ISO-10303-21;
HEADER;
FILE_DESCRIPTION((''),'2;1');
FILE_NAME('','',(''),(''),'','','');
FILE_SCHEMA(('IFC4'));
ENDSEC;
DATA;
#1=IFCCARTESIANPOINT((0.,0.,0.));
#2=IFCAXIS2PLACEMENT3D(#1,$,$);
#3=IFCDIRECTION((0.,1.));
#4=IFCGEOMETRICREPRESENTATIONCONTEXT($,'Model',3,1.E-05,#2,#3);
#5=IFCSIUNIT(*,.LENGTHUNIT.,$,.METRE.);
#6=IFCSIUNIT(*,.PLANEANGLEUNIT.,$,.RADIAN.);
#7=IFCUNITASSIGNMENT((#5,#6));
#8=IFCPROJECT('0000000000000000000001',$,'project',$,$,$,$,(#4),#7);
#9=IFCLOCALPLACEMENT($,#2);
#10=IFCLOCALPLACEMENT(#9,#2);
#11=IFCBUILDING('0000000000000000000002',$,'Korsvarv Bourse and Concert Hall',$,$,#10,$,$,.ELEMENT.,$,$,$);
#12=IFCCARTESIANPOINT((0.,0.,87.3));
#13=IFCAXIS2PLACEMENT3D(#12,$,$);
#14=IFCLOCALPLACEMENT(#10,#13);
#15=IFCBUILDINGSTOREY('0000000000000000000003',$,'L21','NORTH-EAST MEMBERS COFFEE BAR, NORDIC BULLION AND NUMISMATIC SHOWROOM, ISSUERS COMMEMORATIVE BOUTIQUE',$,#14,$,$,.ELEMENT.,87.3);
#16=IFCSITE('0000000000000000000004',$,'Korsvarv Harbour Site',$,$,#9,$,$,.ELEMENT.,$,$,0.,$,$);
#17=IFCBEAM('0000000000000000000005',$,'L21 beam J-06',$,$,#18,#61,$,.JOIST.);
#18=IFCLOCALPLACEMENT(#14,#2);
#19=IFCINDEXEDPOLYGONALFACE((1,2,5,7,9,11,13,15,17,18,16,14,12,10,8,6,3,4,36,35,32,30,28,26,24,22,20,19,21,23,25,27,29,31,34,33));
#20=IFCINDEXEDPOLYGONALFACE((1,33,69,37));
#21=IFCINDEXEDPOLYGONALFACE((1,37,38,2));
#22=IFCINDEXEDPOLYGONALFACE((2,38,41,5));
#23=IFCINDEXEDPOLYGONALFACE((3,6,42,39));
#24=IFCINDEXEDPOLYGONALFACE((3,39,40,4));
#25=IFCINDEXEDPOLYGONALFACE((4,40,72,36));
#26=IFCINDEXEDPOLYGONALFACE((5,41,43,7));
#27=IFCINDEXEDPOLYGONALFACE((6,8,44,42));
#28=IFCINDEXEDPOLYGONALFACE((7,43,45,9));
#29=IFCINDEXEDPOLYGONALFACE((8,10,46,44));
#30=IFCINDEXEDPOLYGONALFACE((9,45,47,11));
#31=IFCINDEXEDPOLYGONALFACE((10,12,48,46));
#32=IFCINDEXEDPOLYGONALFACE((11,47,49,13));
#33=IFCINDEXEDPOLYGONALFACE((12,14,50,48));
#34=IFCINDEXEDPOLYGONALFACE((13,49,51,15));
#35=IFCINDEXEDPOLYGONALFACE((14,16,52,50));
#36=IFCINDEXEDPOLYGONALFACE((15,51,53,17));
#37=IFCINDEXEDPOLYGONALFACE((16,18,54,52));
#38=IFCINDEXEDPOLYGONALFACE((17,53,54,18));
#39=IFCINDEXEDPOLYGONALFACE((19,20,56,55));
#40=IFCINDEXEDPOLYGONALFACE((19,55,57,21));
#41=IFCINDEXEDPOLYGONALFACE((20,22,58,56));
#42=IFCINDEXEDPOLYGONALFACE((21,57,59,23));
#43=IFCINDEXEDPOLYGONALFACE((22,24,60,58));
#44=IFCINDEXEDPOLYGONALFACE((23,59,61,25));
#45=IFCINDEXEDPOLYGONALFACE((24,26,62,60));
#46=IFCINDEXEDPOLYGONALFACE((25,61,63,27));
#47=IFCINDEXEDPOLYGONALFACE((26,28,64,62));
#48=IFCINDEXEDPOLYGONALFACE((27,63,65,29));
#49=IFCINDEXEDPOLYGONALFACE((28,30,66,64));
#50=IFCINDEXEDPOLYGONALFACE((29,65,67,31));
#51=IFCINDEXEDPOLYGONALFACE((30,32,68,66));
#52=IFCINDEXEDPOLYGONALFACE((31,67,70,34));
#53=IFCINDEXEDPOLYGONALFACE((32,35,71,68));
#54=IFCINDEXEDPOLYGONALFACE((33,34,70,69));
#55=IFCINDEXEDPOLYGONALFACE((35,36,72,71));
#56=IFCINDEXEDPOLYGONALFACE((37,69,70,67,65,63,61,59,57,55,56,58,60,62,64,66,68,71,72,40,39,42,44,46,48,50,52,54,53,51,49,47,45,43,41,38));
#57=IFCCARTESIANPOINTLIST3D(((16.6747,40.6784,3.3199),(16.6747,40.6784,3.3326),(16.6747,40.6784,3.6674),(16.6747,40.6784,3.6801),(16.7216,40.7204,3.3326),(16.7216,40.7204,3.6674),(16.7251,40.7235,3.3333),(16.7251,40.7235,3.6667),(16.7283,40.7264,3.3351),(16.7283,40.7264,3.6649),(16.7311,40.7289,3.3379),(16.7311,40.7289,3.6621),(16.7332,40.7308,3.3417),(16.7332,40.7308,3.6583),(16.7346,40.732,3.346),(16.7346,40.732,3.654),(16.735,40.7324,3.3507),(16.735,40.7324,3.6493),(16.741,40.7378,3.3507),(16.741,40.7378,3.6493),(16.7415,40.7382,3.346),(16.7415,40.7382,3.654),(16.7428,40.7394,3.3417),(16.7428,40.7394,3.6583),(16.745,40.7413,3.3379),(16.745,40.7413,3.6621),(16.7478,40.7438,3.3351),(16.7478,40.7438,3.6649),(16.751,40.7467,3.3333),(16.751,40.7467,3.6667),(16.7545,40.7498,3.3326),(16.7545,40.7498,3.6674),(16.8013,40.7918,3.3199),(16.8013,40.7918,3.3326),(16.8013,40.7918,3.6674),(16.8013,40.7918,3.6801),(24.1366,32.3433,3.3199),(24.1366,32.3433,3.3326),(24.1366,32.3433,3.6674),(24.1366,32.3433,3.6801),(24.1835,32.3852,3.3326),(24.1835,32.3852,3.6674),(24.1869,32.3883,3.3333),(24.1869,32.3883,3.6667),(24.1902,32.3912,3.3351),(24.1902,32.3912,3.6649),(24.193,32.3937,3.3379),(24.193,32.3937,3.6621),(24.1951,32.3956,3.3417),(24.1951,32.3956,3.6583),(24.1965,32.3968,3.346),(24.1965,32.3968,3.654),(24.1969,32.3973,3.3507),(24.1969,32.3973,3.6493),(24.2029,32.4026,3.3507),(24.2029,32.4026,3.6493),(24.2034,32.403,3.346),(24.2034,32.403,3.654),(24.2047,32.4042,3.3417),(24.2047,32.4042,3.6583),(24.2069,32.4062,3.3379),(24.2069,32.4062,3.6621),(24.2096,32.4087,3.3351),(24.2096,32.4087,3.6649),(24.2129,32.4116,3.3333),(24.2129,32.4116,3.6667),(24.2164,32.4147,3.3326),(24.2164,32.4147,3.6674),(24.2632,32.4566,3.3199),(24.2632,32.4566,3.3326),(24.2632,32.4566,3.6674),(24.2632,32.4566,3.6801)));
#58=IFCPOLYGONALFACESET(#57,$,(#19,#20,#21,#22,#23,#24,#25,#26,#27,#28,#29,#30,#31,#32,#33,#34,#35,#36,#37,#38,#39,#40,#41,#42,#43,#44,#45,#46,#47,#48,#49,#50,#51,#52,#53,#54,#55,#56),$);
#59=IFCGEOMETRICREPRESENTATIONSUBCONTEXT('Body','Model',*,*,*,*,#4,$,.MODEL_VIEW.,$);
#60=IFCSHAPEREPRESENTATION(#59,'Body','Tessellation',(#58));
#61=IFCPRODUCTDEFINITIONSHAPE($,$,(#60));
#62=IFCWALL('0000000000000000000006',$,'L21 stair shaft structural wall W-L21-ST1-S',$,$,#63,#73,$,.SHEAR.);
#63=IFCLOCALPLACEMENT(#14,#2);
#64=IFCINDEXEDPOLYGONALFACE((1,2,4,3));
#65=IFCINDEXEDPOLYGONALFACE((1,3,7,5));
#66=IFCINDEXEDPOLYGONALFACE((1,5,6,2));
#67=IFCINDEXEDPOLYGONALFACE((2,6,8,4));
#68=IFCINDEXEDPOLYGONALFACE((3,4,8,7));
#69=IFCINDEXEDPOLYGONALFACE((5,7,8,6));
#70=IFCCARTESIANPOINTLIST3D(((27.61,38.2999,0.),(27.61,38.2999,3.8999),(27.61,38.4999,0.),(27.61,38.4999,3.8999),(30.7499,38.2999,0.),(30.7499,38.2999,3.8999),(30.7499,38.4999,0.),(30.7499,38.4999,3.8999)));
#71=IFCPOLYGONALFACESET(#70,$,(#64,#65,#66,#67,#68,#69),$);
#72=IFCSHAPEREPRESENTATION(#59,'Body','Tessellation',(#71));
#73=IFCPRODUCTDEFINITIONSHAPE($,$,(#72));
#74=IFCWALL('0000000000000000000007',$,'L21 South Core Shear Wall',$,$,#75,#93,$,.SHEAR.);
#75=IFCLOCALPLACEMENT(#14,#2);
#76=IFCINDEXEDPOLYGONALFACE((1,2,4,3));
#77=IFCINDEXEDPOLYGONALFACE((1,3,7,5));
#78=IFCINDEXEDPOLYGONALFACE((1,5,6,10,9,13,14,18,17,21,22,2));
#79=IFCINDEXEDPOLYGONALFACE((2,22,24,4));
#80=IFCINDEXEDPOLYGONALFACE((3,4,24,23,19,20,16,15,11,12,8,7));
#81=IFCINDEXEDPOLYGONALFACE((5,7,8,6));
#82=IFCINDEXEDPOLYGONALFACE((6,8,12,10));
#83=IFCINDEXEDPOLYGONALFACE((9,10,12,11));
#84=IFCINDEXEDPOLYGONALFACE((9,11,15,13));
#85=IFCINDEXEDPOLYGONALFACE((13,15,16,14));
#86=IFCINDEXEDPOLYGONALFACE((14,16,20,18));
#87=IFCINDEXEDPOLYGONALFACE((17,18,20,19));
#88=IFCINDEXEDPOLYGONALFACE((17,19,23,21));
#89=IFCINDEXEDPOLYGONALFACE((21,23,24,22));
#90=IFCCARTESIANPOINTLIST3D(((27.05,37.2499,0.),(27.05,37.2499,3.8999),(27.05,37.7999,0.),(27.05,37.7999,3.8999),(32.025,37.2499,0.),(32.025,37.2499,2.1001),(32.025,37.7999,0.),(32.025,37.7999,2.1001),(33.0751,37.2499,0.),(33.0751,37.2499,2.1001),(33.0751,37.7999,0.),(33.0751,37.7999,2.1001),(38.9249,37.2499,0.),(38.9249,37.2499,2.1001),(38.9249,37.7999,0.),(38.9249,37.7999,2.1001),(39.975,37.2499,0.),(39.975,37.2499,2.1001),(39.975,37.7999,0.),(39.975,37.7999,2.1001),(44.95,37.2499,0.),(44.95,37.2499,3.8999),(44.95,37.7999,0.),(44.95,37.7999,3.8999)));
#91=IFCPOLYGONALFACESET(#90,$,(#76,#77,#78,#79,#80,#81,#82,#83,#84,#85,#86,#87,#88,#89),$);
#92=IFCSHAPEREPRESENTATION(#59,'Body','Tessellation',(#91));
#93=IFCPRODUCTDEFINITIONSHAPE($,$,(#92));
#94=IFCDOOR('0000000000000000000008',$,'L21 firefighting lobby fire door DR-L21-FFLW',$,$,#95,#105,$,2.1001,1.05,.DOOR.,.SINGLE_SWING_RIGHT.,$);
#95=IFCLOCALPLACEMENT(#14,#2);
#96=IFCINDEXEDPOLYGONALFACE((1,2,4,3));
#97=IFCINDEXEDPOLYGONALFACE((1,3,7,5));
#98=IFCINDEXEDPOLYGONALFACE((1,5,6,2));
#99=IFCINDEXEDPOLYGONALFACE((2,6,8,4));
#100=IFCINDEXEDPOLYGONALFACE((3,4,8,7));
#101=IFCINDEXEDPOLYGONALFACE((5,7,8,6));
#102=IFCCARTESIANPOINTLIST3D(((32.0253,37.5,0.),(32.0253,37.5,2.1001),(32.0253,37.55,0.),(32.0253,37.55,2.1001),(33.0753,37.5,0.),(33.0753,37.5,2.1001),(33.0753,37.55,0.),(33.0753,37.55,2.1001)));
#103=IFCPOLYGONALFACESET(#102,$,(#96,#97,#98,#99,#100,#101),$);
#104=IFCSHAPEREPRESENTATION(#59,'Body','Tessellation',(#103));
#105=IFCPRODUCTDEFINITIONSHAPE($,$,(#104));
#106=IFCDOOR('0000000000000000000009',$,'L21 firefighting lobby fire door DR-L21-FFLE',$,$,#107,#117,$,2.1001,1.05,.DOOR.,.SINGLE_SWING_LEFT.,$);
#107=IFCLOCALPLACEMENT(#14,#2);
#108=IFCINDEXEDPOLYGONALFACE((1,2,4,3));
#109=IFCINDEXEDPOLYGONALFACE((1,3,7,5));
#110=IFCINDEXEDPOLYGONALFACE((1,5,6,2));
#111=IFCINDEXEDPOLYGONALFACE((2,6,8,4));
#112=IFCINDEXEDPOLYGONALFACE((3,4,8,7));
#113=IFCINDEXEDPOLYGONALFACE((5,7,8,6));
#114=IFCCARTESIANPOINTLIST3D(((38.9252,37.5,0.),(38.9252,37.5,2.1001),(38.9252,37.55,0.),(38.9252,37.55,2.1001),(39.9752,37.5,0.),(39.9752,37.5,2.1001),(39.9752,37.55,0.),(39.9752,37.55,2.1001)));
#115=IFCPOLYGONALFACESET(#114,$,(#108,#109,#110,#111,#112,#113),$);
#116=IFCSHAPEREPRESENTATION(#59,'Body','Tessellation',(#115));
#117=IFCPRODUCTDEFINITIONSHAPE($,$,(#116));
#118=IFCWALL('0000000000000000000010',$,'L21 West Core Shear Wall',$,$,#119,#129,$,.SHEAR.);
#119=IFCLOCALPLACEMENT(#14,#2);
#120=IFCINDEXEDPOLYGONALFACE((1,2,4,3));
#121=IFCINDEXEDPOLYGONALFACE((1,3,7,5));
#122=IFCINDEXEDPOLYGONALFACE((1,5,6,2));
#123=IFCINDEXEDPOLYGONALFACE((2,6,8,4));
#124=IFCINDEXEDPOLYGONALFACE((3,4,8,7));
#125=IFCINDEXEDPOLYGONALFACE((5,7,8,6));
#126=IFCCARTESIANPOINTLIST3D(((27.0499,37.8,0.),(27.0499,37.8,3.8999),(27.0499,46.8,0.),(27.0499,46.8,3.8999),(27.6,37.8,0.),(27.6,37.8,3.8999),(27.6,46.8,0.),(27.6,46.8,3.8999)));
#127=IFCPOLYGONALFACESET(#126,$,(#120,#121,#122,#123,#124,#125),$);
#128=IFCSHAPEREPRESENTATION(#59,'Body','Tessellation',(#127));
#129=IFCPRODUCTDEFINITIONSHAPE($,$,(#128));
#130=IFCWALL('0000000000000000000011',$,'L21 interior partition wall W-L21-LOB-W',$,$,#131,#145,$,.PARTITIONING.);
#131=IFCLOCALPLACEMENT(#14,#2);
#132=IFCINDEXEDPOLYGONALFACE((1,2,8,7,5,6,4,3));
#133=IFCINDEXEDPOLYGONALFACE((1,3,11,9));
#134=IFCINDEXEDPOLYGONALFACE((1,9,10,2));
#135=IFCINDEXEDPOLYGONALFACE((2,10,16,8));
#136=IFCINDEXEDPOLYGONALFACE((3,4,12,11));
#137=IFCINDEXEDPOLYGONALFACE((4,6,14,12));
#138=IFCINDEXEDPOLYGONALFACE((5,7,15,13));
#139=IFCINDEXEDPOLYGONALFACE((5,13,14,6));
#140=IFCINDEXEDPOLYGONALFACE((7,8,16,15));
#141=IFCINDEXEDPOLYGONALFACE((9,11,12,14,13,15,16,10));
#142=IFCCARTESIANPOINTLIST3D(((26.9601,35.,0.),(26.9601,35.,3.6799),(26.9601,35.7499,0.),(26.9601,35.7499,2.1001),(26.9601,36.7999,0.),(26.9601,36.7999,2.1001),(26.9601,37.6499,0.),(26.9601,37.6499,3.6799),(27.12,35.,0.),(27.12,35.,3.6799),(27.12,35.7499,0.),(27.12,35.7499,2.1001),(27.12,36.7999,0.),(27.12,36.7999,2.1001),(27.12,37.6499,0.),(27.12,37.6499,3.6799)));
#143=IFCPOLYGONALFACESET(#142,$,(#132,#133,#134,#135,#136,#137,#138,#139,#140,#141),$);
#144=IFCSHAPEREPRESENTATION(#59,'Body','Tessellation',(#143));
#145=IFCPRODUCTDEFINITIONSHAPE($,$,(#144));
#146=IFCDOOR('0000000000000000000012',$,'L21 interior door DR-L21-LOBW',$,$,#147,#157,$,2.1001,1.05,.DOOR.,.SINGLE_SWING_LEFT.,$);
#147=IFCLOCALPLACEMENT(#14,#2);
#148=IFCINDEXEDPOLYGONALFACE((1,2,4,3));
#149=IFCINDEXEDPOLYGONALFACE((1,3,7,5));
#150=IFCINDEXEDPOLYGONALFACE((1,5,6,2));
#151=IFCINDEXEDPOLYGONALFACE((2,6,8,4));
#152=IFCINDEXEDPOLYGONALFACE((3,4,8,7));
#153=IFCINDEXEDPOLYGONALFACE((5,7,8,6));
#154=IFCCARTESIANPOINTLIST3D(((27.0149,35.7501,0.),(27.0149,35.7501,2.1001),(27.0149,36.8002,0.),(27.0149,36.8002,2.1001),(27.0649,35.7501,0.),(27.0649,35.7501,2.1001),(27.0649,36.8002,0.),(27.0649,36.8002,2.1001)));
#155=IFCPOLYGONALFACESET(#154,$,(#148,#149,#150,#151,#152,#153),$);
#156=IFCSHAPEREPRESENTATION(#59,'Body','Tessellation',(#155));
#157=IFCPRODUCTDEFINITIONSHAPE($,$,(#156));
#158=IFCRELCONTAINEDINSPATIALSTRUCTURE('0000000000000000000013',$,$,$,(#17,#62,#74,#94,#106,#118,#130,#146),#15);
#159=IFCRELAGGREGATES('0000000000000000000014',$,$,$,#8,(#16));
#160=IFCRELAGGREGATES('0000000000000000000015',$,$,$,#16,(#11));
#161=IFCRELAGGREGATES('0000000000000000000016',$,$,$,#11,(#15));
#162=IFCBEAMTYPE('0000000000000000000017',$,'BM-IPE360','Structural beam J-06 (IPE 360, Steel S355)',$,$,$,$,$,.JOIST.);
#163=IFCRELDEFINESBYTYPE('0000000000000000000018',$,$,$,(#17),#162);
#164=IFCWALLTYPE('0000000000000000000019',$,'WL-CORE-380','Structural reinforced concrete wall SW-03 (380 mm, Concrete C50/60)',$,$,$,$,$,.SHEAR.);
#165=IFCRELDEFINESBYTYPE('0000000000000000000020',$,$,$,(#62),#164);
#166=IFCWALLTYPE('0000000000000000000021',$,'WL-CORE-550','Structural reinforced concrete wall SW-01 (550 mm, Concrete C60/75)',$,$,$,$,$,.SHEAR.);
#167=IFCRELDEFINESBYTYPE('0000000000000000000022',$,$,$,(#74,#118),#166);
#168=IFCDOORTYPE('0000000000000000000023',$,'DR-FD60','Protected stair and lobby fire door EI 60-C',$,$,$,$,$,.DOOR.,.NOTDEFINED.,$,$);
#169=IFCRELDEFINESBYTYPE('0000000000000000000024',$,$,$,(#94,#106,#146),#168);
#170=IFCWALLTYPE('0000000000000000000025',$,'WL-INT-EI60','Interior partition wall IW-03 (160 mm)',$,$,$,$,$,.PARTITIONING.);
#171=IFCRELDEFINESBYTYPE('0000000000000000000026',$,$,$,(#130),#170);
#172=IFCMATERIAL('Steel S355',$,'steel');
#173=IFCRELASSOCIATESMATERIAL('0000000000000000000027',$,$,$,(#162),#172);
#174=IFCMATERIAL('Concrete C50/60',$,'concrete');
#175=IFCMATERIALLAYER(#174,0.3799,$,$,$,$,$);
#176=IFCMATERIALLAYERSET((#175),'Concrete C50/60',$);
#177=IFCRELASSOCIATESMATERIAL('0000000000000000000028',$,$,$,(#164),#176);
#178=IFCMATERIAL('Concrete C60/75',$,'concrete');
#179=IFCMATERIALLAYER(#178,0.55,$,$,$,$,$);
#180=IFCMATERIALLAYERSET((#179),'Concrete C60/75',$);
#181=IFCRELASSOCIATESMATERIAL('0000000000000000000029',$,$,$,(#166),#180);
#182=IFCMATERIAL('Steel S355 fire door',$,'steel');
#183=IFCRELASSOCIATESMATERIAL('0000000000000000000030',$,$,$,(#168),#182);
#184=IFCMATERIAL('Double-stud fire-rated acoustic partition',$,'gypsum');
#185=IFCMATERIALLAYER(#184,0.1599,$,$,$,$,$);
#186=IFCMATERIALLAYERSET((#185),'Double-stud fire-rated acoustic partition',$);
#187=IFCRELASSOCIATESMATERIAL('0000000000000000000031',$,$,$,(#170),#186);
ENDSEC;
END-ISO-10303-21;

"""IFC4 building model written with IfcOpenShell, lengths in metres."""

from ifc_helpers import new_model, si_unit, direction, frame, frame_2d, origin, origin_2d, place, context, subcontext, project, spatial, rectangle, i_section, extrude, source, transform, mapped, material, layer, layer_set, material_profile, profile_set, type_object, element, fill, save


model = new_model("IFC4")

# Units and contexts
model_context = context("Model", 3, precision=1e-05, world=origin(), true_north=direction((0.0, 1.0)))
body_context = subcontext(model_context, "Body", "Model", "MODEL_VIEW")
ifc_project = project(units=[si_unit("LENGTHUNIT", "METRE"), si_unit("PLANEANGLEUNIT", "RADIAN")], contexts=[model_context])

# Site, building, storey
site_placement = place(None, origin())
site = spatial("IfcSite", under=ifc_project, at=site_placement, Name="Korsvarv Harbour Site", CompositionType="ELEMENT", RefElevation=0.0)
building_placement = place(site_placement, origin())
building = spatial("IfcBuilding", under=site, at=building_placement, Name="Korsvarv Bourse and Concert Hall", CompositionType="ELEMENT")
storey_placement = place(building_placement, frame((0.0, 0.0, 87.3)))
storey = spatial("IfcBuildingStorey", under=building, at=storey_placement, Name="L21", Description="NORTH-EAST MEMBERS COFFEE BAR, NORDIC BULLION AND NUMISMATIC SHOWROOM, ISSUERS COMMEMORATIVE BOUTIQUE", CompositionType="ELEMENT", Elevation=87.3)

# Shared definitions
ifc_material_1 = material(Name="Concrete C60/75", Category="concrete")

# Beam
ifc_material_2 = material(Name="Steel S355", Category="steel")
ifc_material_profile_1 = material_profile(ifc_material_2, i_section(OverallWidth=0.1699, OverallDepth=0.3601, WebThickness=0.0081, FlangeThickness=0.0127, FilletRadius=0.0181, at=origin_2d()), Name="IPE 360")
ifc_profile_set_1 = profile_set([ifc_material_profile_1], Name="Steel S355")
beam_type_1 = type_object("IfcBeamType", Name="BM-IPE360", Description="Structural beam J-06 (IPE 360, Steel S355)", PredefinedType="JOIST", material=ifc_profile_set_1)
shared_shape_1 = source(origin(), body_context, "Body", "SweptSolid", [
    extrude(i_section(OverallWidth=0.1699, OverallDepth=0.3601, WebThickness=0.0081, FlangeThickness=0.0127, FilletRadius=0.0181, at=origin_2d()), origin(), (0.0, 0.0, 1.0), 11.1873),
])
beam_1_placement = place(storey_placement, frame((16.738, 40.7351, 3.5), z_axis=(0.666998, -0.745059, 0.0), x_axis=(0.745059, 0.666998, 0.0)))
element("IfcBeam", 1, at=beam_1_placement, inside=storey, type_object=beam_type_1, Name="L21 beam J-06", PredefinedType="JOIST", context=body_context, shape_type="MappedRepresentation", body=[
    mapped(shared_shape_1, transform((0.0, 0.0, 0.0), scale=1.0)),
])

# Wall
ifc_material_3 = material(Name="Concrete C50/60", Category="concrete")
ifc_layer_1 = layer(ifc_material_3, 0.3799)
ifc_layer_set_1 = layer_set([ifc_layer_1], Name="Concrete C50/60")
wall_type_1 = type_object("IfcWallType", Name="WL-CORE-380", Description="Structural reinforced concrete wall SW-03 (380 mm, Concrete C50/60)", PredefinedType="SHEAR", material=ifc_layer_set_1)
wall_1_placement = place(storey_placement, frame((27.6101, 38.3999, 0.0), z_axis=(0.0, 0.0, 1.0), x_axis=(1.0, 0.0, 0.0)))
element("IfcWall", 2, at=wall_1_placement, inside=storey, type_object=wall_type_1, Name="L21 stair shaft structural wall W-L21-ST1-S", PredefinedType="SHEAR", context=body_context, shape_type="SweptSolid", body=[
    extrude(rectangle(XDim=3.1399, YDim=0.2, at=frame_2d((1.5698, 0.0))), origin(), (0.0, 0.0, 1.0), 3.8999),
])

# Wall, openings, doors
ifc_layer_2 = layer(ifc_material_1, 0.55)
ifc_layer_set_2 = layer_set([ifc_layer_2], Name="Concrete C60/75")
wall_type_2 = type_object("IfcWallType", Name="WL-CORE-550", Description="Structural reinforced concrete wall SW-01 (550 mm, Concrete C60/75)", PredefinedType="SHEAR", material=ifc_layer_set_2)
wall_2_placement = place(storey_placement, frame((27.05, 37.5249, 0.0), z_axis=(0.0, 0.0, 1.0), x_axis=(1.0, 0.0, 0.0)))
wall_2 = element("IfcWall", 3, at=wall_2_placement, inside=storey, type_object=wall_type_2, Name="L21 South Core Shear Wall", PredefinedType="SHEAR", context=body_context, shape_type="SweptSolid", body=[
    extrude(rectangle(XDim=17.8999, YDim=0.55, at=frame_2d((8.95, 0.0))), origin(), (0.0, 0.0, 1.0), 3.8999),
])
opening_1_placement = place(wall_2_placement, frame((4.9751, 0.0, 0.0)))
opening_1 = element("IfcOpeningElement", 4, at=opening_1_placement, cuts=wall_2, PredefinedType="OPENING", context=body_context, shape_type="SweptSolid", body=[
    extrude(rectangle(XDim=1.05, YDim=2.1001, at=frame_2d((0.5249, 1.05))), frame((0.0, 0.2852, 0.0), z_axis=(0.0, -1.0, 0.0), x_axis=(1.0, 0.0, 0.0)), (0.0, 0.0, 1.0), 0.5701),
])
opening_2_placement = place(wall_2_placement, frame((11.875, 0.0, 0.0)))
opening_2 = element("IfcOpeningElement", 5, at=opening_2_placement, cuts=wall_2, PredefinedType="OPENING", context=body_context, shape_type="SweptSolid", body=[
    extrude(rectangle(XDim=1.05, YDim=2.1001, at=frame_2d((0.5249, 1.05))), frame((0.0, 0.2852, 0.0), z_axis=(0.0, -1.0, 0.0), x_axis=(1.0, 0.0, 0.0)), (0.0, 0.0, 1.0), 0.5701),
])
ifc_material_4 = material(Name="Steel S355 fire door", Category="steel")
door_type_1 = type_object("IfcDoorType", Name="DR-FD60", Description="Protected stair and lobby fire door EI 60-C", OperationType="NOTDEFINED", PredefinedType="DOOR", material=ifc_material_4)
door_1_placement = place(opening_1_placement, frame((1.05, 0.0, 0.0), z_axis=(0.0, 0.0, 1.0), x_axis=(-1.0, 0.0, 0.0)))
door_1 = element("IfcDoor", 6, at=door_1_placement, inside=storey, type_object=door_type_1, Name="L21 firefighting lobby fire door DR-L21-FFLW", OperationType="SINGLE_SWING_RIGHT", OverallHeight=2.1001, OverallWidth=1.05, PredefinedType="DOOR", context=body_context, shape_type="SweptSolid", body=[
    extrude(rectangle(XDim=1.05, YDim=2.1001, at=frame_2d((0.5249, 1.05))), frame((0.0, 0.0249, 0.0), z_axis=(0.0, -1.0, 0.0), x_axis=(1.0, 0.0, 0.0)), (0.0, 0.0, 1.0), 0.05),
])
fill(opening_1, door_1)
door_2_placement = place(opening_2_placement, frame((1.05, 0.0, 0.0), z_axis=(0.0, 0.0, 1.0), x_axis=(-1.0, 0.0, 0.0)))
door_2 = element("IfcDoor", 7, at=door_2_placement, inside=storey, type_object=door_type_1, Name="L21 firefighting lobby fire door DR-L21-FFLE", OperationType="SINGLE_SWING_LEFT", OverallHeight=2.1001, OverallWidth=1.05, PredefinedType="DOOR", context=body_context, shape_type="SweptSolid", body=[
    extrude(rectangle(XDim=1.05, YDim=2.1001, at=frame_2d((0.5249, 1.05))), frame((0.0, 0.0249, 0.0), z_axis=(0.0, -1.0, 0.0), x_axis=(1.0, 0.0, 0.0)), (0.0, 0.0, 1.0), 0.05),
])
fill(opening_2, door_2)

# Wall
wall_3_placement = place(storey_placement, frame((27.325, 37.8, 0.0), z_axis=(0.0, 0.0, 1.0), x_axis=(0.0, 1.0, 0.0)))
element("IfcWall", 8, at=wall_3_placement, inside=storey, type_object=wall_type_2, Name="L21 West Core Shear Wall", PredefinedType="SHEAR", context=body_context, shape_type="SweptSolid", body=[
    extrude(rectangle(XDim=9.0, YDim=0.55, at=frame_2d((4.5, 0.0))), origin(), (0.0, 0.0, 1.0), 3.8999),
])

# Wall, opening, door
ifc_material_5 = material(Name="Double-stud fire-rated acoustic partition", Category="gypsum")
ifc_layer_3 = layer(ifc_material_5, 0.1599)
ifc_layer_set_3 = layer_set([ifc_layer_3], Name="Double-stud fire-rated acoustic partition")
wall_type_3 = type_object("IfcWallType", Name="WL-INT-EI60", Description="Interior partition wall IW-03 (160 mm)", PredefinedType="PARTITIONING", material=ifc_layer_set_3)
wall_4_placement = place(storey_placement, frame((27.04, 35.0, 0.0), z_axis=(0.0, 0.0, 1.0), x_axis=(0.0, 1.0, 0.0)))
wall_4 = element("IfcWall", 9, at=wall_4_placement, inside=storey, type_object=wall_type_3, Name="L21 interior partition wall W-L21-LOB-W", PredefinedType="PARTITIONING", context=body_context, shape_type="SweptSolid", body=[
    extrude(rectangle(XDim=2.6499, YDim=0.1599, at=frame_2d((1.325, 0.0))), origin(), (0.0, 0.0, 1.0), 3.6799),
])
opening_3_placement = place(wall_4_placement, frame((0.75, 0.0, 0.0)))
opening_3 = element("IfcOpeningElement", 10, at=opening_3_placement, cuts=wall_4, PredefinedType="OPENING", context=body_context, shape_type="SweptSolid", body=[
    extrude(rectangle(XDim=1.05, YDim=2.1001, at=frame_2d((0.5249, 1.05))), frame((0.0, 0.0898, 0.0), z_axis=(0.0, -1.0, 0.0), x_axis=(1.0, 0.0, 0.0)), (0.0, 0.0, 1.0), 0.1799),
])
door_3_placement = place(opening_3_placement, frame((1.05, 0.0, 0.0), z_axis=(0.0, 0.0, 1.0), x_axis=(-1.0, 0.0, 0.0)))
door_3 = element("IfcDoor", 11, at=door_3_placement, inside=storey, type_object=door_type_1, Name="L21 interior door DR-L21-LOBW", OperationType="SINGLE_SWING_LEFT", OverallHeight=2.1001, OverallWidth=1.05, PredefinedType="DOOR", context=body_context, shape_type="SweptSolid", body=[
    extrude(rectangle(XDim=1.05, YDim=2.1001, at=frame_2d((0.5249, 1.05))), frame((0.0, 0.0249, 0.0), z_axis=(0.0, -1.0, 0.0), x_axis=(1.0, 0.0, 0.0)), (0.0, 0.0, 1.0), 0.05),
])
fill(opening_3, door_3)

save(model, "model.ifc")
